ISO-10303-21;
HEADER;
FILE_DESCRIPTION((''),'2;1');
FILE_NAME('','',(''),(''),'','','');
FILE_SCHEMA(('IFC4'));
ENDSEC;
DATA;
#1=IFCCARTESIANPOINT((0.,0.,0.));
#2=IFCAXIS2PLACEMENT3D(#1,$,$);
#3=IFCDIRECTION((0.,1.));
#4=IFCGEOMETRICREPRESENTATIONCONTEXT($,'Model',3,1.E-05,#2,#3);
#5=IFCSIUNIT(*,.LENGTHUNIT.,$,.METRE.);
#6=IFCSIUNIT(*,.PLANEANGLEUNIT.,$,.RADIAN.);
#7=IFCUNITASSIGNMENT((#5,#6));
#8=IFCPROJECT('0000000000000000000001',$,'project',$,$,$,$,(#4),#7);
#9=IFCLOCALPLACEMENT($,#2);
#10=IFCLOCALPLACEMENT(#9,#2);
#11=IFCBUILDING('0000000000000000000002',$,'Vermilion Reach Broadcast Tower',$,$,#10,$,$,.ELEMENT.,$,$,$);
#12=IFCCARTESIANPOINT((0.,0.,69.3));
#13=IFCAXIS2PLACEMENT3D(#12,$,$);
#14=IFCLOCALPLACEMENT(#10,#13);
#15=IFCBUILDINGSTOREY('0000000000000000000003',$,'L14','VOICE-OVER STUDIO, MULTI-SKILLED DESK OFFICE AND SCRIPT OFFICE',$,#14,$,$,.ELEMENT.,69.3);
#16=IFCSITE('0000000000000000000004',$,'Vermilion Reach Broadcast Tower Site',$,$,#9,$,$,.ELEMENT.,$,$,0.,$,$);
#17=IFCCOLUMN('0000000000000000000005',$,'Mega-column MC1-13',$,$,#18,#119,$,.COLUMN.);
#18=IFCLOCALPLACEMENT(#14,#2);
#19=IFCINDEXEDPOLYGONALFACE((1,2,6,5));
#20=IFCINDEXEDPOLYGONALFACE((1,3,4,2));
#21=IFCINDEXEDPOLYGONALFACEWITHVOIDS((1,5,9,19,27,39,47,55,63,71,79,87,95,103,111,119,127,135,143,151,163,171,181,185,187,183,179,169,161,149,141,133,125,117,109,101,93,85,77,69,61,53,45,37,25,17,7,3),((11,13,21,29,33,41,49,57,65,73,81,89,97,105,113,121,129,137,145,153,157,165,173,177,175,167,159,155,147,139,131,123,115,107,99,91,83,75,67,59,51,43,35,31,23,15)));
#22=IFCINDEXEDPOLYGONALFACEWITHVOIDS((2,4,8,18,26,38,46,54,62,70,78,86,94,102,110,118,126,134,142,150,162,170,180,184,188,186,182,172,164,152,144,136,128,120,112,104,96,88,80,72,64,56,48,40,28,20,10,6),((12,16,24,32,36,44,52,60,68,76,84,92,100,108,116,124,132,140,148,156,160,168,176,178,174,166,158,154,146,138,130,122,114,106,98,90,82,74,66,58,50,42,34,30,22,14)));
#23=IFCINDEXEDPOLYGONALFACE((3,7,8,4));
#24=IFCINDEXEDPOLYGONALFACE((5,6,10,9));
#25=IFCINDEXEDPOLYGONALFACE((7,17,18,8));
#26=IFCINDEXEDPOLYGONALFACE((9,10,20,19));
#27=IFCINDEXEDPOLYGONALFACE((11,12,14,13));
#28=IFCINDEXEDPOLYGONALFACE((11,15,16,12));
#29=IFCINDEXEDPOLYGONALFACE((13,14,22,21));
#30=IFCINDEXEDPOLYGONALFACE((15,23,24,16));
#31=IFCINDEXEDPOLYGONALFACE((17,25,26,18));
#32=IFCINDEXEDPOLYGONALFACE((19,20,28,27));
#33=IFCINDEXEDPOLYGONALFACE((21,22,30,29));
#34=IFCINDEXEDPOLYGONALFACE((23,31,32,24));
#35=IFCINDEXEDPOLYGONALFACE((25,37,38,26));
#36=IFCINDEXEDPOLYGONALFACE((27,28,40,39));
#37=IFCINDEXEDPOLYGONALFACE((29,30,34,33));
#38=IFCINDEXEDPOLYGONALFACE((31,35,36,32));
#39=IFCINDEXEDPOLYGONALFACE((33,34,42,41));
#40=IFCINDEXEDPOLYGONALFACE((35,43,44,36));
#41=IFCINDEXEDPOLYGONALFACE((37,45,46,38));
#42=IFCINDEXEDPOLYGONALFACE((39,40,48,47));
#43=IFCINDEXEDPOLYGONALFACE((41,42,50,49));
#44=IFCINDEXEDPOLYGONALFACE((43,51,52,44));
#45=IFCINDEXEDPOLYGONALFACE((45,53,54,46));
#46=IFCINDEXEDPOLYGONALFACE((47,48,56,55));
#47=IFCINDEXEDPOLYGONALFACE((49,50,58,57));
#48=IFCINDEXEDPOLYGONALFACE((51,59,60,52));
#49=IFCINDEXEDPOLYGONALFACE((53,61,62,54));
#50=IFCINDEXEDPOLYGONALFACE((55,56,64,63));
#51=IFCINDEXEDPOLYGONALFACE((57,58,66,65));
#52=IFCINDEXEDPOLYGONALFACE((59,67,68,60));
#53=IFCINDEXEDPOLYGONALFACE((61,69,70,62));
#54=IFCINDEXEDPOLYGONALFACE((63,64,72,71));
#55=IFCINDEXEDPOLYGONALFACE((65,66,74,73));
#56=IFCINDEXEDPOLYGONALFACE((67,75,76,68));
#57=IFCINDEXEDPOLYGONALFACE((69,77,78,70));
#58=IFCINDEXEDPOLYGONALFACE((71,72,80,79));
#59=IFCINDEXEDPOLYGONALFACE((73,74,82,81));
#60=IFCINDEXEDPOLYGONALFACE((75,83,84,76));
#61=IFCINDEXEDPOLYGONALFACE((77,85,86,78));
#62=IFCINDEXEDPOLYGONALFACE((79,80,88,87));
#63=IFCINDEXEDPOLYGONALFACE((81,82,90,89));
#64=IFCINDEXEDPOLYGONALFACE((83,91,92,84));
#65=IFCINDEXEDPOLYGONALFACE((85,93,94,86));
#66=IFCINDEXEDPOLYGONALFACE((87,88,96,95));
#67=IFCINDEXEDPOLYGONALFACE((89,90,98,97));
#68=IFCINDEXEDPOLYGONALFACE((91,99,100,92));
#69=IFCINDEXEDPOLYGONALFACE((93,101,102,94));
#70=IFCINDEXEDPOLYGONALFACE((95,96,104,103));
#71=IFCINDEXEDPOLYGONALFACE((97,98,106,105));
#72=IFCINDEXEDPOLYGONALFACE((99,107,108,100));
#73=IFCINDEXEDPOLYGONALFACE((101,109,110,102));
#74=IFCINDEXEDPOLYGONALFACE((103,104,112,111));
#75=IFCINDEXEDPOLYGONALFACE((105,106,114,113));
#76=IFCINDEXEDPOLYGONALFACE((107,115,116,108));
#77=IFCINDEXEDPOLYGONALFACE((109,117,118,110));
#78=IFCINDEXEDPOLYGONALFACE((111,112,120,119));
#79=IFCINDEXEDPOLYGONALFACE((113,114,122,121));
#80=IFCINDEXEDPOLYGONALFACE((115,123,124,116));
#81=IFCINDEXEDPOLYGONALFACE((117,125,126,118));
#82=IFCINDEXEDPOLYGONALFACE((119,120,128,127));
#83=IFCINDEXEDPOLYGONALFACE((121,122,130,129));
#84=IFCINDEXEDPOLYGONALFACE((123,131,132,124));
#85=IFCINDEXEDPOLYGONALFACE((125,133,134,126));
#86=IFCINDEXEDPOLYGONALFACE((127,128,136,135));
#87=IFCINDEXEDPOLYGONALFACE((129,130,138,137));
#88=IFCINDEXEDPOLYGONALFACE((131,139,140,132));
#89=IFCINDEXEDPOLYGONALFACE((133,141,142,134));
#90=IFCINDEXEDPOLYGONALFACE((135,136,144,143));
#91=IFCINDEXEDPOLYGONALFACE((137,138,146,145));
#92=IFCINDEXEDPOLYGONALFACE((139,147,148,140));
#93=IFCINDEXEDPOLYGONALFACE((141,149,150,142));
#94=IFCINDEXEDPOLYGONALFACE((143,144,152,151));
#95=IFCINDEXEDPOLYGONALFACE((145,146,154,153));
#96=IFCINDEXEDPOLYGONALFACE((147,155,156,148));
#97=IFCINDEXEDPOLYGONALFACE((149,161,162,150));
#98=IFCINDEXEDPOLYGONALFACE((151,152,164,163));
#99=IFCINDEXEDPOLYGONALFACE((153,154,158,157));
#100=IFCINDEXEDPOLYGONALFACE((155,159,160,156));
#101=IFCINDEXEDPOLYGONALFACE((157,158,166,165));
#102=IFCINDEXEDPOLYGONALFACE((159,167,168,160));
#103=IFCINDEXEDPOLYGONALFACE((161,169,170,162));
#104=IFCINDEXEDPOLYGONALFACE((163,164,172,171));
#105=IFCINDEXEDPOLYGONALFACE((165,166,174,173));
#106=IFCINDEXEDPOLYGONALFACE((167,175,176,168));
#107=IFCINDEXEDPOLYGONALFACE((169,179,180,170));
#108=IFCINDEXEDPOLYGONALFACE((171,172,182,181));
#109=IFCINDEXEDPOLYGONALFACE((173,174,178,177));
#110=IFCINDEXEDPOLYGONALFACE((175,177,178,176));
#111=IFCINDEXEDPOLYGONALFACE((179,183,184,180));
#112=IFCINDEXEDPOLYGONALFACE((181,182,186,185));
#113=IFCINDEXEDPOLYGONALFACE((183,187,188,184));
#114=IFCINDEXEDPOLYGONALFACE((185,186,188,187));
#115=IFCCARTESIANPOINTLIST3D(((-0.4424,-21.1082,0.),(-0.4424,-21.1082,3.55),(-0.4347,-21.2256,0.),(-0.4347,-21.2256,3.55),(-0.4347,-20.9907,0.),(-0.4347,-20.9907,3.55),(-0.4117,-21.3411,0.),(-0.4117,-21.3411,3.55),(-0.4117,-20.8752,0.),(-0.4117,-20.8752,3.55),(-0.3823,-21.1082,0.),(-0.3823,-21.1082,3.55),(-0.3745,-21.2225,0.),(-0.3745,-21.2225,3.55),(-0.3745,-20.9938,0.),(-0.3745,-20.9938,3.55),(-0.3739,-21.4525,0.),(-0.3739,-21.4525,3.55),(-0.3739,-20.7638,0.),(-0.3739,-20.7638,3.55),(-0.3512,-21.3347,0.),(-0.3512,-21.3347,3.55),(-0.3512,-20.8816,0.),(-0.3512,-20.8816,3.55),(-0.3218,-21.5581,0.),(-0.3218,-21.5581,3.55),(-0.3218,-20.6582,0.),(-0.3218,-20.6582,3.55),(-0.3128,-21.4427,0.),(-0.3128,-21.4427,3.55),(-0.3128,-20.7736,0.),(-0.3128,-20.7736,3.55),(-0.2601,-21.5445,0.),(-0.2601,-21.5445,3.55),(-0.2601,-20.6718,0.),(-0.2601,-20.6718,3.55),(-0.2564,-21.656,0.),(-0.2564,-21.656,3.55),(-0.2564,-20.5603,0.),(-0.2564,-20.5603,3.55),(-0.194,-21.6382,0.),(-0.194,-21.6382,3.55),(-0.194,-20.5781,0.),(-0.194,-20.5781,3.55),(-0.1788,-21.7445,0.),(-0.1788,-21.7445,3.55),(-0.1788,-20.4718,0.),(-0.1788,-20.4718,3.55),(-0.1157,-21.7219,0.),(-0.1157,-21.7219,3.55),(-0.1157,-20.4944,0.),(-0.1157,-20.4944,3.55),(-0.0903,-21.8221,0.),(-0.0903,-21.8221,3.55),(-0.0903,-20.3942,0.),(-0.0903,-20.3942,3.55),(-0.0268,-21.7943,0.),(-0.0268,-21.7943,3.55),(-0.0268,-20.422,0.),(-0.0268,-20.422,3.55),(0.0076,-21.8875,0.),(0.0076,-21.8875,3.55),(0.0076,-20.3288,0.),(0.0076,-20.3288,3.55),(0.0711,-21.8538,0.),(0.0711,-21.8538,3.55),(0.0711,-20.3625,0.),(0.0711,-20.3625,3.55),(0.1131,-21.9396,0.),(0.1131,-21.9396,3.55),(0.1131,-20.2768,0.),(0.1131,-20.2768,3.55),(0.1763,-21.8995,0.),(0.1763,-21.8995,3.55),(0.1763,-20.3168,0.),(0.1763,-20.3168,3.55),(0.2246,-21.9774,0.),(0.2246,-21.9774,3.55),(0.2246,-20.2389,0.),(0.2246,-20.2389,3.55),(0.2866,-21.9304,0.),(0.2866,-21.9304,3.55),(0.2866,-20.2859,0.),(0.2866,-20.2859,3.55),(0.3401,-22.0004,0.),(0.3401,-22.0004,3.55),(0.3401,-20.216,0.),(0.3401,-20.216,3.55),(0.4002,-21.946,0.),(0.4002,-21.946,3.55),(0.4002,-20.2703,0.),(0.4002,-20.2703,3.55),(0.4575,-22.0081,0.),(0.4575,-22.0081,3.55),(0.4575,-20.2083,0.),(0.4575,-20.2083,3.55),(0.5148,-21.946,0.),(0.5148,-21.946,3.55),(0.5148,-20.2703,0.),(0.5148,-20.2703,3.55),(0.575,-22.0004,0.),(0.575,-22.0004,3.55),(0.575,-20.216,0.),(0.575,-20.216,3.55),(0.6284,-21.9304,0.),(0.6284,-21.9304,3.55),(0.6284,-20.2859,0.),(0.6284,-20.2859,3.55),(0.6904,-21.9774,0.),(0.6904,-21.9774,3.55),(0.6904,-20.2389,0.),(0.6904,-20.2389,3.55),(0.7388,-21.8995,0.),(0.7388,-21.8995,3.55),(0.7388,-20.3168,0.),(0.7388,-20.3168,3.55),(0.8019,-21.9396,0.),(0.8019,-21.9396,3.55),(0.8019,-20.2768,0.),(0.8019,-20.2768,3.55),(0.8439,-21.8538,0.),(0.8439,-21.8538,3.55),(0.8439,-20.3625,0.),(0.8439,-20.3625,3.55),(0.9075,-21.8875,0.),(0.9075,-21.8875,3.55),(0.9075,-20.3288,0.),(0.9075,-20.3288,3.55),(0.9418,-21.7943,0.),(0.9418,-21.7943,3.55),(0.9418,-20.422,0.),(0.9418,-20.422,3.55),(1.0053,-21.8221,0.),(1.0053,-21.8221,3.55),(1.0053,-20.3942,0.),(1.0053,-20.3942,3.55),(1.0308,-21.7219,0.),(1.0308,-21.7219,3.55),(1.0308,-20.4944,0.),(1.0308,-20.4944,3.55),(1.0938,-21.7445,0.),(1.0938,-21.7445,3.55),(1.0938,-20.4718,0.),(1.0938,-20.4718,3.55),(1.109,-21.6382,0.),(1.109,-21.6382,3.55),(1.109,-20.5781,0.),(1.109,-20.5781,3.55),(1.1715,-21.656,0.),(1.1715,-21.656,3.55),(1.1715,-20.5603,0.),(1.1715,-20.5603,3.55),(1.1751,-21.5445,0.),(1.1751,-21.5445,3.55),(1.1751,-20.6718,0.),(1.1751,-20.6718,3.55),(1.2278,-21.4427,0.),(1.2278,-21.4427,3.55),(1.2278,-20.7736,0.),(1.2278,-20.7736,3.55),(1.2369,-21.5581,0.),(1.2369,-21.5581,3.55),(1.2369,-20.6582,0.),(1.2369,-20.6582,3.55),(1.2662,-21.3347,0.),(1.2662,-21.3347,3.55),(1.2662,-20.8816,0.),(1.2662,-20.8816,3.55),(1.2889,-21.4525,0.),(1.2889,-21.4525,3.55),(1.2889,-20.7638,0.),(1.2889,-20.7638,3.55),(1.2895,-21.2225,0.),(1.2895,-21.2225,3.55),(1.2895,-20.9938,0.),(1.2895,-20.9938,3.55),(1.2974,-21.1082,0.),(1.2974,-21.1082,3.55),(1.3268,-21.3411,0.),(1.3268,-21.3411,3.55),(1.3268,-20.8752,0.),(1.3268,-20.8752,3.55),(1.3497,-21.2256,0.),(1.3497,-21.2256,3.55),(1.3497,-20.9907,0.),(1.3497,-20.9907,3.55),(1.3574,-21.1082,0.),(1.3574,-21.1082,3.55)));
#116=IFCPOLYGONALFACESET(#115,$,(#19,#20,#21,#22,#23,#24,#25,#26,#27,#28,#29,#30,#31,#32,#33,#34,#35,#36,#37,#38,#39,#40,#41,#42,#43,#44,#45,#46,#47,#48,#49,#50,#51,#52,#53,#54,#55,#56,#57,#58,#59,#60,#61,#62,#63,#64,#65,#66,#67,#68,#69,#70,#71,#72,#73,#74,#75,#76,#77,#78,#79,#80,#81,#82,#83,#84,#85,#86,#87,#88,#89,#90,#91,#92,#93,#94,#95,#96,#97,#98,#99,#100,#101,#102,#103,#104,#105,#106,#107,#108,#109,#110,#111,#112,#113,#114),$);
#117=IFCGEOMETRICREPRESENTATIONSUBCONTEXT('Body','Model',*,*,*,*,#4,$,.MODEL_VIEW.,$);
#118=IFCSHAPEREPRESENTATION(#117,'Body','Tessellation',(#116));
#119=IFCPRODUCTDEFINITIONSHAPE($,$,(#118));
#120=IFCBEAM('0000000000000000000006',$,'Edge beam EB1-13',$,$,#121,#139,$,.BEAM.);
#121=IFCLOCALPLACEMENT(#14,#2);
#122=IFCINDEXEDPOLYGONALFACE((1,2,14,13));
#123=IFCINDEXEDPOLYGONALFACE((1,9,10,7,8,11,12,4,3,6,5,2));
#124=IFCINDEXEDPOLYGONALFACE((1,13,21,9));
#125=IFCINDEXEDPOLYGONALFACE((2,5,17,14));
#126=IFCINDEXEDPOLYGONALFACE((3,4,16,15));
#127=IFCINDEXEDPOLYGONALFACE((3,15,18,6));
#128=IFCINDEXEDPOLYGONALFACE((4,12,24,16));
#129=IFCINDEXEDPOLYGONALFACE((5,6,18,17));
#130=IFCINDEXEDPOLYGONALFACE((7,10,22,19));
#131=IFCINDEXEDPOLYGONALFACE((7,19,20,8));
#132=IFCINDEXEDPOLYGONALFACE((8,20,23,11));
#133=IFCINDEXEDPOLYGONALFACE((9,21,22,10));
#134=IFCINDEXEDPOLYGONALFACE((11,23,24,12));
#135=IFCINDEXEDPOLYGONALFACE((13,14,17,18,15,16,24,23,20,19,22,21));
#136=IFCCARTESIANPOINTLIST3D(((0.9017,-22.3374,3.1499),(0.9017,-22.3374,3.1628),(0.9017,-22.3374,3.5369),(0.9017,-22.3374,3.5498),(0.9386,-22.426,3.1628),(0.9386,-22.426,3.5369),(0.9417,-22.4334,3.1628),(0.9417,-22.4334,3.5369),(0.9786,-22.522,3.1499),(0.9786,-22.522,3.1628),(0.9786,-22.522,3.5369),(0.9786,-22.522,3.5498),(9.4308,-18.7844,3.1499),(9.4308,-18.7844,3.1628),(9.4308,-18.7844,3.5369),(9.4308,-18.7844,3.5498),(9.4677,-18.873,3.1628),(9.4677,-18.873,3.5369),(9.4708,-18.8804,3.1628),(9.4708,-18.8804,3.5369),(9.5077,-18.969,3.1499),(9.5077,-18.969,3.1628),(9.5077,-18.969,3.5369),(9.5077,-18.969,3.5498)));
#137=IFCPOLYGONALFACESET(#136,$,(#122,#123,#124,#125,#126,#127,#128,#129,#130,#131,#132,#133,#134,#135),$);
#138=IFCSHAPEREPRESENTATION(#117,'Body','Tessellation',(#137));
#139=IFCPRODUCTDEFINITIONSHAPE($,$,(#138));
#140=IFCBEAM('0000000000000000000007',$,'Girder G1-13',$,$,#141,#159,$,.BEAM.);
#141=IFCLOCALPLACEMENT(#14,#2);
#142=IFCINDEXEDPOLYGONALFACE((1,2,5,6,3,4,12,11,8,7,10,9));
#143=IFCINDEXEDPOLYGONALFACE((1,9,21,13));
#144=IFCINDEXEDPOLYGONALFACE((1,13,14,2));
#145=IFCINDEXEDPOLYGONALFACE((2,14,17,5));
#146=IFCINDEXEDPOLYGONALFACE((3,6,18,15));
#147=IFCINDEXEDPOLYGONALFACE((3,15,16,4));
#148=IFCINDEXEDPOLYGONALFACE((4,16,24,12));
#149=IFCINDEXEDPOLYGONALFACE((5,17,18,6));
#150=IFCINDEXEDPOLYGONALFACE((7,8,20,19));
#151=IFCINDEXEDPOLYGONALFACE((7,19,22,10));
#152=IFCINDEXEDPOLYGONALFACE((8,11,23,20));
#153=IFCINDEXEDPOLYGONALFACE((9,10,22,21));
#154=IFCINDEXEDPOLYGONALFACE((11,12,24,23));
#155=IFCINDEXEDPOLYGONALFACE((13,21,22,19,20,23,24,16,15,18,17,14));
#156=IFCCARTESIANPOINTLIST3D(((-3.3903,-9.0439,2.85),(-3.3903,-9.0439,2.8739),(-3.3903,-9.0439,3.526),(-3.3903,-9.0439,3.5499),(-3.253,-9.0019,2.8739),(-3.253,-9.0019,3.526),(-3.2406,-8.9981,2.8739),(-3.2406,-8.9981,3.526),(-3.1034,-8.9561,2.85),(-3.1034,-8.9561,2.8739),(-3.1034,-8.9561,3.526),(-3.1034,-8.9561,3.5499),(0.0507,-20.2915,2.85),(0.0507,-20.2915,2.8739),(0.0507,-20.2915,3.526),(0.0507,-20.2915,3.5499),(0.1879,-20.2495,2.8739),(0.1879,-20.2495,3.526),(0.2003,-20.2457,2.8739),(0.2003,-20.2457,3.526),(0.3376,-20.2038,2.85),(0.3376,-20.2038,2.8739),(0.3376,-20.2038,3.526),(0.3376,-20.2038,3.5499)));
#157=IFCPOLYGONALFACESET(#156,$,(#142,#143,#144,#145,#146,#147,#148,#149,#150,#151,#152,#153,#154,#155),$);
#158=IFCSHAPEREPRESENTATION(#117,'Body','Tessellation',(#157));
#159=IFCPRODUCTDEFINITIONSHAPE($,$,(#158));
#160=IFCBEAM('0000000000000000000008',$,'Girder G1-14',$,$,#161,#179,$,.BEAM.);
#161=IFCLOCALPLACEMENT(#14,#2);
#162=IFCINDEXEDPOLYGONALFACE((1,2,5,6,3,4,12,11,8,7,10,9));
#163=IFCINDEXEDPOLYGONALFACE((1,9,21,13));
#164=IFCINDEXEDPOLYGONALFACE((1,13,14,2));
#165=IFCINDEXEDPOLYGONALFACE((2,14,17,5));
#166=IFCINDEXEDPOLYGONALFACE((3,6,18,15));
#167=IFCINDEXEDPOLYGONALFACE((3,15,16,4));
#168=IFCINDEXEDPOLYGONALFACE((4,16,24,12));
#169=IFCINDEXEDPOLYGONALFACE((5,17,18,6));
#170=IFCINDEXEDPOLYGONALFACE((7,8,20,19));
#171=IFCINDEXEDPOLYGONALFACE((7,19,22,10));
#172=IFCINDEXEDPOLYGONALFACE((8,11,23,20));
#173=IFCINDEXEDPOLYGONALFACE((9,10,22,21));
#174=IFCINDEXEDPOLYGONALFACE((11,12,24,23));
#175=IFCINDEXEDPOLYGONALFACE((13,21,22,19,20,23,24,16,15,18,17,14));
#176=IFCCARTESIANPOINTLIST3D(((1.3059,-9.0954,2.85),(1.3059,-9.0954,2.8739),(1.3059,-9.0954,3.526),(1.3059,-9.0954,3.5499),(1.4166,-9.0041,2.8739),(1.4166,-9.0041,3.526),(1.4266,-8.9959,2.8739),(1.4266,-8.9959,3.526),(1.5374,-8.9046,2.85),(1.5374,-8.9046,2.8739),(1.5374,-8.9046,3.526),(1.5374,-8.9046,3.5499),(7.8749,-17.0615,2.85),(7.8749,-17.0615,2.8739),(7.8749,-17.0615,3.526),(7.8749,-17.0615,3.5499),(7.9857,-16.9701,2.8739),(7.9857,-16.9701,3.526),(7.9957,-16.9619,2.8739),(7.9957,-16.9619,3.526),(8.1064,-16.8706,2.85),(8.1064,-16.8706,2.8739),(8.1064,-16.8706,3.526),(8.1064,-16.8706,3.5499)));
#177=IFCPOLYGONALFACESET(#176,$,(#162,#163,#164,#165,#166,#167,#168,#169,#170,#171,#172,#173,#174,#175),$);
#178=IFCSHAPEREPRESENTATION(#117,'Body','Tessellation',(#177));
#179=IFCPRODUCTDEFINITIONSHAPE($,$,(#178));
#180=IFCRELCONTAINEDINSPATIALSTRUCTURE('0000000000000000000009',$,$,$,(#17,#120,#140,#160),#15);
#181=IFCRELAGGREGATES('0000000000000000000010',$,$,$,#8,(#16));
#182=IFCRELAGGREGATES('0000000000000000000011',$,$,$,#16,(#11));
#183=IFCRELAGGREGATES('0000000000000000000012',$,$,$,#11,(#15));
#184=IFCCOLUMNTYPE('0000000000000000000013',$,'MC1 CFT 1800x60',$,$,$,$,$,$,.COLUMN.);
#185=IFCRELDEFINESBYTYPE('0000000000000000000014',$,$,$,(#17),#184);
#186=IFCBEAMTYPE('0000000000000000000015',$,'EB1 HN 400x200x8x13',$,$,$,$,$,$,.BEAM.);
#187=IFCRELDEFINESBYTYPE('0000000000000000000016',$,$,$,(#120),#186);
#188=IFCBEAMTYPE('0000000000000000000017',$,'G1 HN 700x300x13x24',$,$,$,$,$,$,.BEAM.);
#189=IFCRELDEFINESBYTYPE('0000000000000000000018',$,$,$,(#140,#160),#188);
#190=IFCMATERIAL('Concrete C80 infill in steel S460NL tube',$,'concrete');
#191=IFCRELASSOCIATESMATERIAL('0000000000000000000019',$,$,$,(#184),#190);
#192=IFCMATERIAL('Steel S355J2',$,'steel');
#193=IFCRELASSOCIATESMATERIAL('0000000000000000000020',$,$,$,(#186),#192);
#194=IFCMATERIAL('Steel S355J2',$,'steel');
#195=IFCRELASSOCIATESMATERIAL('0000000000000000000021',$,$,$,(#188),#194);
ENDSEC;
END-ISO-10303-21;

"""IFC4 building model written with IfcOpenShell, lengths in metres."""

from ifc_helpers import new_model, si_unit, direction, frame, origin, origin_2d, place, context, subcontext, project, spatial, hollow_circle, i_section, extrude, material, material_profile, profile_set, type_object, element, save


model = new_model("IFC4")

# Units and contexts
model_context = context("Model", 3, precision=1e-05, world=origin(), true_north=direction((0.0, 1.0)))
body_context = subcontext(model_context, "Body", "Model", "MODEL_VIEW")
ifc_project = project(units=[si_unit("LENGTHUNIT", "METRE"), si_unit("PLANEANGLEUNIT", "RADIAN")], contexts=[model_context])

# Site, building, storey
site_placement = place(None, origin())
site = spatial("IfcSite", under=ifc_project, at=site_placement, Name="Vermilion Reach Broadcast Tower Site", CompositionType="ELEMENT", RefElevation=0.0)
building_placement = place(site_placement, origin())
building = spatial("IfcBuilding", under=site, at=building_placement, Name="Vermilion Reach Broadcast Tower", CompositionType="ELEMENT")
storey_placement = place(building_placement, frame((0.0, 0.0, 69.3)))
storey = spatial("IfcBuildingStorey", under=building, at=storey_placement, Name="L14", Description="VOICE-OVER STUDIO, MULTI-SKILLED DESK OFFICE AND SCRIPT OFFICE", CompositionType="ELEMENT", Elevation=69.3)

# Column
ifc_material_1 = material(Name="Concrete C80 infill in steel S460NL tube", Category="concrete")
ifc_material_profile_1 = material_profile(ifc_material_1, hollow_circle(Radius=0.8999, WallThickness=0.0601, at=origin_2d()), Name="Concrete C80 infill in steel S460NL tube CFT 1800x60")
ifc_profile_set_1 = profile_set([ifc_material_profile_1], Name="Concrete C80 infill in steel S460NL tube")
column_type = type_object("IfcColumnType", Name="MC1 CFT 1800x60", PredefinedType="COLUMN", material=ifc_profile_set_1)
column_placement = place(storey_placement, frame((0.4575, -21.1082, 0.0), z_axis=(0.0, 0.0, 1.0), x_axis=(1.0, 0.0, 0.0)))
element("IfcColumn", 1, at=column_placement, inside=storey, type_object=column_type, Name="Mega-column MC1-13", PredefinedType="COLUMN", context=body_context, shape_type="SweptSolid", body=[
    extrude(hollow_circle(Radius=0.8999, WallThickness=0.0601, at=origin_2d()), origin(), (0.0, 0.0, 1.0), 3.55),
])

# Beams
ifc_material_2 = material(Name="Steel S355J2", Category="steel")
ifc_material_profile_2 = material_profile(ifc_material_2, i_section(OverallWidth=0.2, OverallDepth=0.3999, WebThickness=0.0081, FlangeThickness=0.0129, at=origin_2d()), Name="S355J2 HN 400x200x8x13")
ifc_profile_set_2 = profile_set([ifc_material_profile_2], Name="Steel S355J2")
beam_type_1 = type_object("IfcBeamType", Name="EB1 HN 400x200x8x13", PredefinedType="BEAM", material=ifc_profile_set_2)
beam_1_placement = place(storey_placement, frame((0.9402, -22.4297, 3.3499), z_axis=(0.923107, 0.384542, 0.0), x_axis=(-0.384542, 0.923107, 0.0)))
element("IfcBeam", 2, at=beam_1_placement, inside=storey, type_object=beam_type_1, Name="Edge beam EB1-13", PredefinedType="BEAM", context=body_context, shape_type="SweptSolid", body=[
    extrude(i_section(OverallWidth=0.2, OverallDepth=0.3999, WebThickness=0.0081, FlangeThickness=0.0129, at=origin_2d()), origin(), (0.0, 0.0, 1.0), 9.2395),
])
ifc_material_3 = material(Name="Steel S355J2", Category="steel")
ifc_material_profile_3 = material_profile(ifc_material_3, i_section(OverallWidth=0.3, OverallDepth=0.7, WebThickness=0.0129, FlangeThickness=0.0239, at=origin_2d()), Name="S355J2 HN 700x300x13x24")
ifc_profile_set_3 = profile_set([ifc_material_profile_3], Name="Steel S355J2")
beam_type_2 = type_object("IfcBeamType", Name="G1 HN 700x300x13x24", PredefinedType="BEAM", material=ifc_profile_set_3)
beam_2_placement = place(storey_placement, frame((-3.2468, -9.0, 3.2), z_axis=(0.292542, -0.956253, 0.0), x_axis=(0.956253, 0.292542, 0.0)))
element("IfcBeam", 3, at=beam_2_placement, inside=storey, type_object=beam_type_2, Name="Girder G1-13", PredefinedType="BEAM", context=body_context, shape_type="SweptSolid", body=[
    extrude(i_section(OverallWidth=0.3, OverallDepth=0.7, WebThickness=0.0129, FlangeThickness=0.0239, at=origin_2d()), origin(), (0.0, 0.0, 1.0), 11.7622),
])
beam_3_placement = place(storey_placement, frame((1.4216, -9.0, 3.2), z_axis=(0.636215, -0.771512, 0.0), x_axis=(0.771512, 0.636215, 0.0)))
element("IfcBeam", 4, at=beam_3_placement, inside=storey, type_object=beam_type_2, Name="Girder G1-14", PredefinedType="BEAM", context=body_context, shape_type="SweptSolid", body=[
    extrude(i_section(OverallWidth=0.3, OverallDepth=0.7, WebThickness=0.0129, FlangeThickness=0.0239, at=origin_2d()), origin(), (0.0, 0.0, 1.0), 10.3252),
])

save(model, "model.ifc")
